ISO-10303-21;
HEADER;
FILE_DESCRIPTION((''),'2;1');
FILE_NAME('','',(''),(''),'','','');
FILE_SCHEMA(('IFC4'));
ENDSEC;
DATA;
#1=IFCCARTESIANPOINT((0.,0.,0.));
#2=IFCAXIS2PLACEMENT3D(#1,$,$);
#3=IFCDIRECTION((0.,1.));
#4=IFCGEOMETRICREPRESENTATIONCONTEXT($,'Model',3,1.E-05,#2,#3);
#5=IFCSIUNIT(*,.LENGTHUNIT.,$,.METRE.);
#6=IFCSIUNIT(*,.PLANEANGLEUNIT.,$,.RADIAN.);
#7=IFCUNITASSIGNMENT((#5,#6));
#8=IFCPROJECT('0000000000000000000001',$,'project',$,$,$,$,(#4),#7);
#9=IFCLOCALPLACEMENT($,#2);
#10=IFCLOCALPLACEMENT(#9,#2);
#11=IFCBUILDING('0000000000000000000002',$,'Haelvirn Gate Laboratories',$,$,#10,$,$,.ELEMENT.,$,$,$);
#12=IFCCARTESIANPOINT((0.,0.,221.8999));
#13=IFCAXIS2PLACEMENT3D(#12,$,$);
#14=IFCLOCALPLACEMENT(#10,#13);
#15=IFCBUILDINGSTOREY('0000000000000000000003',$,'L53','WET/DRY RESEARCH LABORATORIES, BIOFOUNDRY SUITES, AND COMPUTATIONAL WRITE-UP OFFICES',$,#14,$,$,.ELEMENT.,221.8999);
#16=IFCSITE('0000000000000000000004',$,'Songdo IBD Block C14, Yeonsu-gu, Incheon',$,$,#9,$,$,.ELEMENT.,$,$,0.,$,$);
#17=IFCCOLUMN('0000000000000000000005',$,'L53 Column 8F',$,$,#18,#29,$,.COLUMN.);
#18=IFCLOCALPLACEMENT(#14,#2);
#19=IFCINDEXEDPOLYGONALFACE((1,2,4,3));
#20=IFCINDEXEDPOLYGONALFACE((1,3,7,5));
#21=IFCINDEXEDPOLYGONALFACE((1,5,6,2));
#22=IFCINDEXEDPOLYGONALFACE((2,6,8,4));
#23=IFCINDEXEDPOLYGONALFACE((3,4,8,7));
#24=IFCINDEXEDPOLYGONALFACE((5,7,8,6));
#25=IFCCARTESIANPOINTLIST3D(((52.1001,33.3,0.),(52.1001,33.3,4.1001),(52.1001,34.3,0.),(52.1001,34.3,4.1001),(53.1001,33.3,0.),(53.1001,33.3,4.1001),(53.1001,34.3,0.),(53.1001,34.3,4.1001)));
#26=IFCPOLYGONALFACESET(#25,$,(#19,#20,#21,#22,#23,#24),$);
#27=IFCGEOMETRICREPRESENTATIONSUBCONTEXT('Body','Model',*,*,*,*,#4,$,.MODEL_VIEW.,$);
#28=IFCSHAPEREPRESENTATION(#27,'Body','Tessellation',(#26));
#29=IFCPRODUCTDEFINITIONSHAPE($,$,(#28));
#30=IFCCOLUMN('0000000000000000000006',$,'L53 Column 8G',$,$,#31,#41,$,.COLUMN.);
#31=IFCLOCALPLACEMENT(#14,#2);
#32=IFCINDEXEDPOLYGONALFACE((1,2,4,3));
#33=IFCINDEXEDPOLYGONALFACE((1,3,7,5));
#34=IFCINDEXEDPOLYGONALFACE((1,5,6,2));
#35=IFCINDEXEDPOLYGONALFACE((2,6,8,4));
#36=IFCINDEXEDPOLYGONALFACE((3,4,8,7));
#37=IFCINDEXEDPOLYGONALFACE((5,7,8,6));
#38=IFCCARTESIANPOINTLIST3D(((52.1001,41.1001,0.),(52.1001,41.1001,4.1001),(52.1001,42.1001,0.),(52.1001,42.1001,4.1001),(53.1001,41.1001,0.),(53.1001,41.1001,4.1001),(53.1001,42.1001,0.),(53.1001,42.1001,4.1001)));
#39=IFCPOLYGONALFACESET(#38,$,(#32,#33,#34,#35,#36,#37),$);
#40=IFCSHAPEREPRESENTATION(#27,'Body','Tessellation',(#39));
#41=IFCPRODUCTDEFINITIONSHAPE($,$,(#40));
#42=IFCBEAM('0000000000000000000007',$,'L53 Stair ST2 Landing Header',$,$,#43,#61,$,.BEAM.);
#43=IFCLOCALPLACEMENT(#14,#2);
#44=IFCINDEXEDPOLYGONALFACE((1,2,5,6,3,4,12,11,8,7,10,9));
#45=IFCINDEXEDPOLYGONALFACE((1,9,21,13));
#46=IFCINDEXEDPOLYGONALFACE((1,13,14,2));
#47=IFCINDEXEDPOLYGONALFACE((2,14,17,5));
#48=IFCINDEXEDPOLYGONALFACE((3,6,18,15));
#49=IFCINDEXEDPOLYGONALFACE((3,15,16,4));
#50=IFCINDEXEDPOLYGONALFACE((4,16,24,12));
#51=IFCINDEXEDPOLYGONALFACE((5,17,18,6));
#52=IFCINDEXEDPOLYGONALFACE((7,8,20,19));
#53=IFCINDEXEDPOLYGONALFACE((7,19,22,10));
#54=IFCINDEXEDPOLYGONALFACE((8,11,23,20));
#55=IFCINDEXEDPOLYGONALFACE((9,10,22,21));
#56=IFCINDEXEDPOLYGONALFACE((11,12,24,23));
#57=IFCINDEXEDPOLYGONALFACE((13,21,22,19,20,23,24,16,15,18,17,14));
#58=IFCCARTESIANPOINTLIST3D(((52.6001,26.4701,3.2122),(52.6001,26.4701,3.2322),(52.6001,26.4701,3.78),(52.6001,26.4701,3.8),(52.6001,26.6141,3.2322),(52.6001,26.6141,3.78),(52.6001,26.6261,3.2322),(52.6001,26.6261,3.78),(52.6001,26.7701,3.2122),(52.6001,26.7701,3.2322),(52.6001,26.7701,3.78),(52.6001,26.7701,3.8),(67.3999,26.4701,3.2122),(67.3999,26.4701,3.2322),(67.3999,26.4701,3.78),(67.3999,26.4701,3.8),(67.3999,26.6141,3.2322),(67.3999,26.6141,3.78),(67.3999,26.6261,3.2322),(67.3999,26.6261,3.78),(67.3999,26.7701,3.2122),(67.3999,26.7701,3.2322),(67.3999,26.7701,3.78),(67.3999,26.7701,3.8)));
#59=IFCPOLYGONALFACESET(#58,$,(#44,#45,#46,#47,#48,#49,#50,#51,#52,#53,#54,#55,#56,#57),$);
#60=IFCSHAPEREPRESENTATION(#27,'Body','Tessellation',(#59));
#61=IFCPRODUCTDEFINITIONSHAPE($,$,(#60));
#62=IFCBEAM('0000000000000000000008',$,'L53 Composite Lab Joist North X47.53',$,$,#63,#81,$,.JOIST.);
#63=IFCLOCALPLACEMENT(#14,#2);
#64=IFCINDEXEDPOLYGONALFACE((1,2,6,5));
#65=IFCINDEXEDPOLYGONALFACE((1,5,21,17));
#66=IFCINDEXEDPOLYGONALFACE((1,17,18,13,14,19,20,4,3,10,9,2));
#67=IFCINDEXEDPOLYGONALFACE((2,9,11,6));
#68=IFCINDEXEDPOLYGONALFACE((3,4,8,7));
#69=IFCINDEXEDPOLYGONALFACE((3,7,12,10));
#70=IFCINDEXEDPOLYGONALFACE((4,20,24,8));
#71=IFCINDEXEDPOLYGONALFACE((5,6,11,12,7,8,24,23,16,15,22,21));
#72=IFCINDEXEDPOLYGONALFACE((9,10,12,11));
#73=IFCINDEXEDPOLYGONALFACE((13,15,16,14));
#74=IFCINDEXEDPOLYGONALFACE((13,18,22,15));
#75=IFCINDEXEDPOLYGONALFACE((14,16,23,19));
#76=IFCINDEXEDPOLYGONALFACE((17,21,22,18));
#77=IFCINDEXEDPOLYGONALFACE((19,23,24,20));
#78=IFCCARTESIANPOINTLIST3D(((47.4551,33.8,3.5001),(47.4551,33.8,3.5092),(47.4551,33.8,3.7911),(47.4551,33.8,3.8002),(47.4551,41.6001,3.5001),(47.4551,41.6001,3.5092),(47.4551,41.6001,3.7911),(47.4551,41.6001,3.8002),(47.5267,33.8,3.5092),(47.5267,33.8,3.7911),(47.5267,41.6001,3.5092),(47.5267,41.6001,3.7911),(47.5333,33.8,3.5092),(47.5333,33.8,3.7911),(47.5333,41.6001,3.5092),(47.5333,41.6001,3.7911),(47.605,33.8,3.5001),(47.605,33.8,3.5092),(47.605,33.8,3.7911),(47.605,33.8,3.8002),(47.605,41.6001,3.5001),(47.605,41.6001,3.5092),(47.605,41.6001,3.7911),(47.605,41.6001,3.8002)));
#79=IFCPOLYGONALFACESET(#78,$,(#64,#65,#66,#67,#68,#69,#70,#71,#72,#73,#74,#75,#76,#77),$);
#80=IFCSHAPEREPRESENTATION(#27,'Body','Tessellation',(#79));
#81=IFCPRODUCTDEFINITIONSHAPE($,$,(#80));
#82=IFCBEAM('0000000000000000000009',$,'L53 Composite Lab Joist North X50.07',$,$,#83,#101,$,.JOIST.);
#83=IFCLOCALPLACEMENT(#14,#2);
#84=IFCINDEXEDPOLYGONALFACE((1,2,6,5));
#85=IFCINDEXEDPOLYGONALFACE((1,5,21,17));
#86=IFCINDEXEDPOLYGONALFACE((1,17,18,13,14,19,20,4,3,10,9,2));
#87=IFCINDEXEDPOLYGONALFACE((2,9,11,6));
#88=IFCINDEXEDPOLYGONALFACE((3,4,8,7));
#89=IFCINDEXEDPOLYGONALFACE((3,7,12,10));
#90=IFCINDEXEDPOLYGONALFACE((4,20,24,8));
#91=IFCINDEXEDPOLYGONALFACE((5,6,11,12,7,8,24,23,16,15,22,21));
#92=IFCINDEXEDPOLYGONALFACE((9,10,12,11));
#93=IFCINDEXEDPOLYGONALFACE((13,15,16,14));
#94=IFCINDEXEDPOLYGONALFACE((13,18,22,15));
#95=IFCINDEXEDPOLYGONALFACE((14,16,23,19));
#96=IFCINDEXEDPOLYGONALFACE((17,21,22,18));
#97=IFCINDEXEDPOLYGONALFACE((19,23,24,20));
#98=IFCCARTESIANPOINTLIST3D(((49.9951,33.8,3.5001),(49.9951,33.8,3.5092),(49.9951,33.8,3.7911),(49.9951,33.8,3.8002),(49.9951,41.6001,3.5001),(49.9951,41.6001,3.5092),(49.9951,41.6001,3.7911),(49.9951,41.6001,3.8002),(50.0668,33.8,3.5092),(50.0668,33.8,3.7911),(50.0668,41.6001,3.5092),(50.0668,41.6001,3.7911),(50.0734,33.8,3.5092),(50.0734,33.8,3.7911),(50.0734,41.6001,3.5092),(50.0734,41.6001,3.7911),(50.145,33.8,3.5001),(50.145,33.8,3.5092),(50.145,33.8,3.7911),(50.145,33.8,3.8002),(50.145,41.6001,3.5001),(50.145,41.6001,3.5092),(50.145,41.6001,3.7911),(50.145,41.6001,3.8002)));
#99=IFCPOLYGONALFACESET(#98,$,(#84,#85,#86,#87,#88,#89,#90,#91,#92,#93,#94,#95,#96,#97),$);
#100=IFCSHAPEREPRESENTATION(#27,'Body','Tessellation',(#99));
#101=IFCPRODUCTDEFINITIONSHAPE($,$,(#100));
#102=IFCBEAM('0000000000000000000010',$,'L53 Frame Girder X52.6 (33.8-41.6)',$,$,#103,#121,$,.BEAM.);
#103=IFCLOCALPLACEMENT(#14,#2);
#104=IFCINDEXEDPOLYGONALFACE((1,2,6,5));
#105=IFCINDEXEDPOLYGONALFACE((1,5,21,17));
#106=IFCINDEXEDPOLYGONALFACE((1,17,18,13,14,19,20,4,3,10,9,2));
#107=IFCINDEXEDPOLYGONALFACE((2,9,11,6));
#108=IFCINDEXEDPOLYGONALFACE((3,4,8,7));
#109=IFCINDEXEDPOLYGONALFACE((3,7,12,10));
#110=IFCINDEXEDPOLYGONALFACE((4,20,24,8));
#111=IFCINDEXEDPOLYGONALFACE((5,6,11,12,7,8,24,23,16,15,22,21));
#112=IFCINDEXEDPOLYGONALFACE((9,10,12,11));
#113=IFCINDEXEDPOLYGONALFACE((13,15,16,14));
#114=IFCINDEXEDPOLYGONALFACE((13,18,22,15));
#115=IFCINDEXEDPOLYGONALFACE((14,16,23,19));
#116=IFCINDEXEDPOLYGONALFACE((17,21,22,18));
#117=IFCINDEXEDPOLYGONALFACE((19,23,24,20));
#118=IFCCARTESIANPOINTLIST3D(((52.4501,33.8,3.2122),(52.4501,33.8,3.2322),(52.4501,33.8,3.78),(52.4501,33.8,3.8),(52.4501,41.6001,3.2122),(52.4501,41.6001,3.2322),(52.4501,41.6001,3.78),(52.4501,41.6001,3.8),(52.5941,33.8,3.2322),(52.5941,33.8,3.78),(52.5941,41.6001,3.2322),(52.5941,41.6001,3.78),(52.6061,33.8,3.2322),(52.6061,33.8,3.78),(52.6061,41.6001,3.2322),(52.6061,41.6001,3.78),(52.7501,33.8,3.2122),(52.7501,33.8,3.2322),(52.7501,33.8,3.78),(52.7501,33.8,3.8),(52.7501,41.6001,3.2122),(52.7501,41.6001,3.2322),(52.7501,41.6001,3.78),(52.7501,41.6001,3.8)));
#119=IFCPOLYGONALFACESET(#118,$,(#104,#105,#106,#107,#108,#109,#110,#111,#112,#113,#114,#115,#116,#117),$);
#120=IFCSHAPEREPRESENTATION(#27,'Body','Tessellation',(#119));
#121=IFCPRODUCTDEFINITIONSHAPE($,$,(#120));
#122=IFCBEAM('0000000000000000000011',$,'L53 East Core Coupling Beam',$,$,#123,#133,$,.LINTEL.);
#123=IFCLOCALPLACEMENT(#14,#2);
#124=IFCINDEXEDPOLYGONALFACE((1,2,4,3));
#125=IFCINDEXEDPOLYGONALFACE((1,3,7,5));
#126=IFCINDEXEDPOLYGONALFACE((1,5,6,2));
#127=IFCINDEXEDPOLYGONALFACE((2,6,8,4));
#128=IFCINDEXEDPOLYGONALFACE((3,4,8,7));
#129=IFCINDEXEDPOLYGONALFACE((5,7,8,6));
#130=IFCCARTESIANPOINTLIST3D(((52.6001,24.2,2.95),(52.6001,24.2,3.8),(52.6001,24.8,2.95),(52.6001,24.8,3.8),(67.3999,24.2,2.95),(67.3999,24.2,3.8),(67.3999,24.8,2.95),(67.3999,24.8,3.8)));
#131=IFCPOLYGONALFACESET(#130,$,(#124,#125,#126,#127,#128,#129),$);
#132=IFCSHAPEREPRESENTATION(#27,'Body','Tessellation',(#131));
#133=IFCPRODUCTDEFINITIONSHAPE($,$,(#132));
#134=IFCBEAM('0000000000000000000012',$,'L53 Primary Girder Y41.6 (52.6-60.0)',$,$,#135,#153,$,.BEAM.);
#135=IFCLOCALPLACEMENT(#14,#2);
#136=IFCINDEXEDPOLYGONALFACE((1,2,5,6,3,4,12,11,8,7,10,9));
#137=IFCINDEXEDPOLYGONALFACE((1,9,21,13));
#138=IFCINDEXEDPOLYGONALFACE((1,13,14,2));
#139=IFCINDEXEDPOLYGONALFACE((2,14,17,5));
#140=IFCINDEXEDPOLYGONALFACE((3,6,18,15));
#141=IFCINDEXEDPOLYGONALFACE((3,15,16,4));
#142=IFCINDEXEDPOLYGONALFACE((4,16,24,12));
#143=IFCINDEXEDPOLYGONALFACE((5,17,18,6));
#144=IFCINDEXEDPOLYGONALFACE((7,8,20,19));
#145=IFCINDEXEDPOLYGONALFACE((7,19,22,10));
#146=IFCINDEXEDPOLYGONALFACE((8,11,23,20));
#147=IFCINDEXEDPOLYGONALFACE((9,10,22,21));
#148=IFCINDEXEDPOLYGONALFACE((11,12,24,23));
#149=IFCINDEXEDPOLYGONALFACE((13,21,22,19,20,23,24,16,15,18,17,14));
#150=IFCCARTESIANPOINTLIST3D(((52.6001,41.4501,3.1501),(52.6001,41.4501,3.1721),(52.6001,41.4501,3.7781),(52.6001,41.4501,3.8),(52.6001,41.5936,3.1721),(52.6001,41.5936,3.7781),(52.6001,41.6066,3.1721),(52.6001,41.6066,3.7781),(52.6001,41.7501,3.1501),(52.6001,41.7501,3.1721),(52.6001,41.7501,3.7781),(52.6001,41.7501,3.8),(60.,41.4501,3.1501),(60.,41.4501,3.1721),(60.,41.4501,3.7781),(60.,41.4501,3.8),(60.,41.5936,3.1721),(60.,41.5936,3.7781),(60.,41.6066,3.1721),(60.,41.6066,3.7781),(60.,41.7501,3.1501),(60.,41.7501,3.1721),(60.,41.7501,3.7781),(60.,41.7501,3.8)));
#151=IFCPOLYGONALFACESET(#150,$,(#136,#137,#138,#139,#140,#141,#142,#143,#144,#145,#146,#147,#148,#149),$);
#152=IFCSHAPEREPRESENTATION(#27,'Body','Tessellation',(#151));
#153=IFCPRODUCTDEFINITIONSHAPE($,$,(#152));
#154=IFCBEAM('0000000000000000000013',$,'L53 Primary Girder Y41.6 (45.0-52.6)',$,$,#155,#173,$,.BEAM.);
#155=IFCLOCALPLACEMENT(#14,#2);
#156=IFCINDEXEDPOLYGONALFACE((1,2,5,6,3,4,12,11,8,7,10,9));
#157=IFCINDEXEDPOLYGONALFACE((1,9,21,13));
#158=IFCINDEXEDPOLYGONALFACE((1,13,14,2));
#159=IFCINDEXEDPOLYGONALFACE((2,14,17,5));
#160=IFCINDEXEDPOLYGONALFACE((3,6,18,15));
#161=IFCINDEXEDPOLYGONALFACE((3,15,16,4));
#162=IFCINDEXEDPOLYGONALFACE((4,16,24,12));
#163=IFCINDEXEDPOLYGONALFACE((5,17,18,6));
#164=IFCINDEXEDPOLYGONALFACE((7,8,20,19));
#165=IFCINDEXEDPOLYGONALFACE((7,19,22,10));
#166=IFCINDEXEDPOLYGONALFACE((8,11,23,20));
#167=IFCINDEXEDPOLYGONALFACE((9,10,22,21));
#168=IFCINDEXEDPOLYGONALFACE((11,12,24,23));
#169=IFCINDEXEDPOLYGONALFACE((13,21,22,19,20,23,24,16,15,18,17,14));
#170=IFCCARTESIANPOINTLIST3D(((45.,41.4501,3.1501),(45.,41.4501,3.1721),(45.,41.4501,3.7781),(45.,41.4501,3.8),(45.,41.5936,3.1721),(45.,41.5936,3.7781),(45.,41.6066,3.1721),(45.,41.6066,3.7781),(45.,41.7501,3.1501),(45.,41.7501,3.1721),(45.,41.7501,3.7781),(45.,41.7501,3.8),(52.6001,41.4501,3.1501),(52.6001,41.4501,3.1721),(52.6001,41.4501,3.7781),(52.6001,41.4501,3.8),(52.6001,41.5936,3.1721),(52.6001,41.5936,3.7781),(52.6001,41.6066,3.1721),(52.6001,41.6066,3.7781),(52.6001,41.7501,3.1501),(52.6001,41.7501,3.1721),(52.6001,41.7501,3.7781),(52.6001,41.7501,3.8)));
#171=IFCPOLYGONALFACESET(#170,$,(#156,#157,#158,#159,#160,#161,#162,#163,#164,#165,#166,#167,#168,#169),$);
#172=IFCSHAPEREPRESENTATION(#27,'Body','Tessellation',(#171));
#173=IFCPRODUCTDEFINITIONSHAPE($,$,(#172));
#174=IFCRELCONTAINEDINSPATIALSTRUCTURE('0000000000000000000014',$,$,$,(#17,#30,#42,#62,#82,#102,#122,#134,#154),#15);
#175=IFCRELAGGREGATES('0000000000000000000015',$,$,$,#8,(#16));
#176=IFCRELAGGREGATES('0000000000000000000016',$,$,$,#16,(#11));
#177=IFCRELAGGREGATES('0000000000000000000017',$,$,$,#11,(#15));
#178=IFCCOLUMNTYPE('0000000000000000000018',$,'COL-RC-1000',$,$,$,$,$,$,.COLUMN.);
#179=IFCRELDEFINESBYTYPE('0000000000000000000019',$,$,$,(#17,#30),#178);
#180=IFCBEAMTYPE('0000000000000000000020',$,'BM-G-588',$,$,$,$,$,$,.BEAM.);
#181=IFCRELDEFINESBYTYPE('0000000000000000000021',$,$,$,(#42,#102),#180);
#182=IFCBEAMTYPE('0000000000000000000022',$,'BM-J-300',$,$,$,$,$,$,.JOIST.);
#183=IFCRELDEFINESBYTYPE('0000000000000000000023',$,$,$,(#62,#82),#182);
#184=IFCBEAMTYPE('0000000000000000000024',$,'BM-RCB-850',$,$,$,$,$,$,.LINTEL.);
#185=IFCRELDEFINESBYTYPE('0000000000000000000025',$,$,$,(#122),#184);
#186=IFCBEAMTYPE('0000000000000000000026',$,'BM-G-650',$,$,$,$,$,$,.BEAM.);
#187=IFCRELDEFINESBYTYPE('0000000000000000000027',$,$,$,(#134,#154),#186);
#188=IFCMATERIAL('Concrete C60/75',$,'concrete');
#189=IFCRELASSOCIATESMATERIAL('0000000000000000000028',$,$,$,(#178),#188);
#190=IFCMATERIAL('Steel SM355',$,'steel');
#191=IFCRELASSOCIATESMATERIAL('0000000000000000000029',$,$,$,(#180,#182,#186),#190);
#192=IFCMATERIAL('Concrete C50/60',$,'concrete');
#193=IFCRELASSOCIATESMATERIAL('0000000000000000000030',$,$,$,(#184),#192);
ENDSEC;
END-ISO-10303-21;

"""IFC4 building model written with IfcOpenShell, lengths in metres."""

from ifc_helpers import new_model, si_unit, direction, frame, origin, origin_2d, place, context, subcontext, project, spatial, rectangle, i_section, extrude, source, transform, mapped, material, material_profile, profile_set, type_object, type_shapes, element, save


model = new_model("IFC4")

# Units and contexts
model_context = context("Model", 3, precision=1e-05, world=origin(), true_north=direction((0.0, 1.0)))
body_context = subcontext(model_context, "Body", "Model", "MODEL_VIEW")
ifc_project = project(units=[si_unit("LENGTHUNIT", "METRE"), si_unit("PLANEANGLEUNIT", "RADIAN")], contexts=[model_context])

# Site, building, storey
site_placement = place(None, origin())
site = spatial("IfcSite", under=ifc_project, at=site_placement, Name="Songdo IBD Block C14, Yeonsu-gu, Incheon", CompositionType="ELEMENT", RefElevation=0.0)
building_placement = place(site_placement, origin())
building = spatial("IfcBuilding", under=site, at=building_placement, Name="Haelvirn Gate Laboratories", CompositionType="ELEMENT")
storey_placement = place(building_placement, frame((0.0, 0.0, 221.8999)))
storey = spatial("IfcBuildingStorey", under=building, at=storey_placement, Name="L53", Description="WET/DRY RESEARCH LABORATORIES, BIOFOUNDRY SUITES, AND COMPUTATIONAL WRITE-UP OFFICES", CompositionType="ELEMENT", Elevation=221.8999)

# Columns
ifc_material_1 = material(Name="Concrete C60/75", Category="concrete")
ifc_material_profile_1 = material_profile(ifc_material_1, rectangle(XDim=1.0, YDim=1.0, at=origin_2d()), Name="RC-1000x1000")
ifc_profile_set_1 = profile_set([ifc_material_profile_1], Name="Concrete C60/75")
column_type = type_object("IfcColumnType", Name="COL-RC-1000", PredefinedType="COLUMN", material=ifc_profile_set_1)
shared_shape_1 = source(origin(), body_context, "Body", "SweptSolid", [
    extrude(rectangle(XDim=1.0, YDim=1.0, at=origin_2d()), origin(), (0.0, 0.0, 1.0), 4.1001),
])
type_shapes(column_type, [shared_shape_1])
for number, where, z_axis, x_axis, name in (
    (1, (52.6001, 33.8, 0.0), (0.0, 0.0, 1.0), (1.0, 0.0, 0.0), "L53 Column 8F"),
    (2, (52.6001, 41.6001, 0.0), (0.0, 0.0, 1.0), (1.0, 0.0, 0.0), "L53 Column 8G"),
):
    element("IfcColumn", number, at=place(storey_placement, frame(where, z_axis=z_axis, x_axis=x_axis)), inside=storey, type_object=column_type, Name=name, PredefinedType="COLUMN", context=body_context, shape_type="MappedRepresentation", body=[
        mapped(shared_shape_1, transform((0.0, 0.0, 0.0), scale=1.0)),
    ])

# Beams
ifc_material_2 = material(Name="Steel SM355", Category="steel")
ifc_material_profile_2 = material_profile(ifc_material_2, i_section(OverallWidth=0.3, OverallDepth=0.5879, WebThickness=0.012, FlangeThickness=0.02, at=origin_2d()), Name="H-588x300x12x20")
ifc_profile_set_2 = profile_set([ifc_material_profile_2], Name="Steel SM355")
beam_type_1 = type_object("IfcBeamType", Name="BM-G-588", PredefinedType="BEAM", material=ifc_profile_set_2)
shared_shape_2 = source(origin(), body_context, "Body", "SweptSolid", [
    extrude(i_section(OverallWidth=0.3, OverallDepth=0.5879, WebThickness=0.012, FlangeThickness=0.02, at=origin_2d()), origin(), (0.0, 0.0, 1.0), 14.7998),
])
beam_1_placement = place(storey_placement, frame((52.6001, 26.6201, 3.5061), z_axis=(1.0, 0.0, 0.0), x_axis=(0.0, 1.0, 0.0)))
element("IfcBeam", 3, at=beam_1_placement, inside=storey, type_object=beam_type_1, Name="L53 Stair ST2 Landing Header", PredefinedType="BEAM", context=body_context, shape_type="MappedRepresentation", body=[
    mapped(shared_shape_2, transform((0.0, 0.0, 0.0), scale=1.0)),
])
ifc_material_profile_3 = material_profile(ifc_material_2, i_section(OverallWidth=0.1499, OverallDepth=0.3, WebThickness=0.0066, FlangeThickness=0.009, at=origin_2d()), Name="H-300x150x6.5x9")
ifc_profile_set_3 = profile_set([ifc_material_profile_3], Name="Steel SM355")
beam_type_2 = type_object("IfcBeamType", Name="BM-J-300", PredefinedType="JOIST", material=ifc_profile_set_3)
shared_shape_3 = source(origin(), body_context, "Body", "SweptSolid", [
    extrude(i_section(OverallWidth=0.1499, OverallDepth=0.3, WebThickness=0.0066, FlangeThickness=0.009, at=origin_2d()), origin(), (0.0, 0.0, 1.0), 7.8),
])
type_shapes(beam_type_2, [shared_shape_3])
for number, where, z_axis, x_axis, name in (
    (4, (47.53, 33.8, 3.6501), (0.0, 1.0, 0.0), (-1.0, 0.0, 0.0), "L53 Composite Lab Joist North X47.53"),
    (5, (50.0701, 33.8, 3.6501), (0.0, 1.0, 0.0), (-1.0, 0.0, 0.0), "L53 Composite Lab Joist North X50.07"),
):
    element("IfcBeam", number, at=place(storey_placement, frame(where, z_axis=z_axis, x_axis=x_axis)), inside=storey, type_object=beam_type_2, Name=name, PredefinedType="JOIST", context=body_context, shape_type="MappedRepresentation", body=[
        mapped(shared_shape_3, transform((0.0, 0.0, 0.0), scale=1.0)),
    ])
shared_shape_4 = source(origin(), body_context, "Body", "SweptSolid", [
    extrude(i_section(OverallWidth=0.3, OverallDepth=0.5879, WebThickness=0.012, FlangeThickness=0.02, at=origin_2d()), origin(), (0.0, 0.0, 1.0), 7.8),
])
type_shapes(beam_type_1, [shared_shape_2, shared_shape_4])
beam_2_placement = place(storey_placement, frame((52.6001, 33.8, 3.5061), z_axis=(0.0, 1.0, 0.0), x_axis=(-1.0, 0.0, 0.0)))
element("IfcBeam", 6, at=beam_2_placement, inside=storey, type_object=beam_type_1, Name="L53 Frame Girder X52.6 (33.8-41.6)", PredefinedType="BEAM", context=body_context, shape_type="MappedRepresentation", body=[
    mapped(shared_shape_4, transform((0.0, 0.0, 0.0), scale=1.0)),
])
ifc_material_3 = material(Name="Concrete C50/60", Category="concrete")
ifc_material_profile_4 = material_profile(ifc_material_3, rectangle(XDim=0.6001, YDim=0.8501, at=origin_2d()), Name="RCB-600x850")
ifc_profile_set_4 = profile_set([ifc_material_profile_4], Name="Concrete C50/60")
beam_type_3 = type_object("IfcBeamType", Name="BM-RCB-850", PredefinedType="LINTEL", material=ifc_profile_set_4)
shared_shape_5 = source(origin(), body_context, "Body", "SweptSolid", [
    extrude(rectangle(XDim=0.6001, YDim=0.8501, at=origin_2d()), origin(), (0.0, 0.0, 1.0), 14.7998),
])
type_shapes(beam_type_3, [shared_shape_5])
beam_3_placement = place(storey_placement, frame((52.6001, 24.5, 3.375), z_axis=(1.0, 0.0, 0.0), x_axis=(0.0, 1.0, 0.0)))
element("IfcBeam", 7, at=beam_3_placement, inside=storey, type_object=beam_type_3, Name="L53 East Core Coupling Beam", PredefinedType="LINTEL", context=body_context, shape_type="MappedRepresentation", body=[
    mapped(shared_shape_5, transform((0.0, 0.0, 0.0), scale=1.0)),
])
ifc_material_profile_5 = material_profile(ifc_material_2, i_section(OverallWidth=0.3, OverallDepth=0.6499, WebThickness=0.0129, FlangeThickness=0.022, at=origin_2d()), Name="H-650x300x13x22")
ifc_profile_set_5 = profile_set([ifc_material_profile_5], Name="Steel SM355")
beam_type_4 = type_object("IfcBeamType", Name="BM-G-650", PredefinedType="BEAM", material=ifc_profile_set_5)
shared_shape_6 = source(origin(), body_context, "Body", "SweptSolid", [
    extrude(i_section(OverallWidth=0.3, OverallDepth=0.6499, WebThickness=0.0129, FlangeThickness=0.022, at=origin_2d()), origin(), (0.0, 0.0, 1.0), 7.3999),
])
beam_4_placement = place(storey_placement, frame((52.6001, 41.6001, 3.4751), z_axis=(1.0, 0.0, 0.0), x_axis=(0.0, 1.0, 0.0)))
element("IfcBeam", 8, at=beam_4_placement, inside=storey, type_object=beam_type_4, Name="L53 Primary Girder Y41.6 (52.6-60.0)", PredefinedType="BEAM", context=body_context, shape_type="MappedRepresentation", body=[
    mapped(shared_shape_6, transform((0.0, 0.0, 0.0), scale=1.0)),
])
shared_shape_7 = source(origin(), body_context, "Body", "SweptSolid", [
    extrude(i_section(OverallWidth=0.3, OverallDepth=0.6499, WebThickness=0.0129, FlangeThickness=0.022, at=origin_2d()), origin(), (0.0, 0.0, 1.0), 7.6001),
])
type_shapes(beam_type_4, [shared_shape_6, shared_shape_7])
beam_5_placement = place(storey_placement, frame((45.0, 41.6001, 3.4751), z_axis=(1.0, 0.0, 0.0), x_axis=(0.0, 1.0, 0.0)))
element("IfcBeam", 9, at=beam_5_placement, inside=storey, type_object=beam_type_4, Name="L53 Primary Girder Y41.6 (45.0-52.6)", PredefinedType="BEAM", context=body_context, shape_type="MappedRepresentation", body=[
    mapped(shared_shape_7, transform((0.0, 0.0, 0.0), scale=1.0)),
])

save(model, "model.ifc")
